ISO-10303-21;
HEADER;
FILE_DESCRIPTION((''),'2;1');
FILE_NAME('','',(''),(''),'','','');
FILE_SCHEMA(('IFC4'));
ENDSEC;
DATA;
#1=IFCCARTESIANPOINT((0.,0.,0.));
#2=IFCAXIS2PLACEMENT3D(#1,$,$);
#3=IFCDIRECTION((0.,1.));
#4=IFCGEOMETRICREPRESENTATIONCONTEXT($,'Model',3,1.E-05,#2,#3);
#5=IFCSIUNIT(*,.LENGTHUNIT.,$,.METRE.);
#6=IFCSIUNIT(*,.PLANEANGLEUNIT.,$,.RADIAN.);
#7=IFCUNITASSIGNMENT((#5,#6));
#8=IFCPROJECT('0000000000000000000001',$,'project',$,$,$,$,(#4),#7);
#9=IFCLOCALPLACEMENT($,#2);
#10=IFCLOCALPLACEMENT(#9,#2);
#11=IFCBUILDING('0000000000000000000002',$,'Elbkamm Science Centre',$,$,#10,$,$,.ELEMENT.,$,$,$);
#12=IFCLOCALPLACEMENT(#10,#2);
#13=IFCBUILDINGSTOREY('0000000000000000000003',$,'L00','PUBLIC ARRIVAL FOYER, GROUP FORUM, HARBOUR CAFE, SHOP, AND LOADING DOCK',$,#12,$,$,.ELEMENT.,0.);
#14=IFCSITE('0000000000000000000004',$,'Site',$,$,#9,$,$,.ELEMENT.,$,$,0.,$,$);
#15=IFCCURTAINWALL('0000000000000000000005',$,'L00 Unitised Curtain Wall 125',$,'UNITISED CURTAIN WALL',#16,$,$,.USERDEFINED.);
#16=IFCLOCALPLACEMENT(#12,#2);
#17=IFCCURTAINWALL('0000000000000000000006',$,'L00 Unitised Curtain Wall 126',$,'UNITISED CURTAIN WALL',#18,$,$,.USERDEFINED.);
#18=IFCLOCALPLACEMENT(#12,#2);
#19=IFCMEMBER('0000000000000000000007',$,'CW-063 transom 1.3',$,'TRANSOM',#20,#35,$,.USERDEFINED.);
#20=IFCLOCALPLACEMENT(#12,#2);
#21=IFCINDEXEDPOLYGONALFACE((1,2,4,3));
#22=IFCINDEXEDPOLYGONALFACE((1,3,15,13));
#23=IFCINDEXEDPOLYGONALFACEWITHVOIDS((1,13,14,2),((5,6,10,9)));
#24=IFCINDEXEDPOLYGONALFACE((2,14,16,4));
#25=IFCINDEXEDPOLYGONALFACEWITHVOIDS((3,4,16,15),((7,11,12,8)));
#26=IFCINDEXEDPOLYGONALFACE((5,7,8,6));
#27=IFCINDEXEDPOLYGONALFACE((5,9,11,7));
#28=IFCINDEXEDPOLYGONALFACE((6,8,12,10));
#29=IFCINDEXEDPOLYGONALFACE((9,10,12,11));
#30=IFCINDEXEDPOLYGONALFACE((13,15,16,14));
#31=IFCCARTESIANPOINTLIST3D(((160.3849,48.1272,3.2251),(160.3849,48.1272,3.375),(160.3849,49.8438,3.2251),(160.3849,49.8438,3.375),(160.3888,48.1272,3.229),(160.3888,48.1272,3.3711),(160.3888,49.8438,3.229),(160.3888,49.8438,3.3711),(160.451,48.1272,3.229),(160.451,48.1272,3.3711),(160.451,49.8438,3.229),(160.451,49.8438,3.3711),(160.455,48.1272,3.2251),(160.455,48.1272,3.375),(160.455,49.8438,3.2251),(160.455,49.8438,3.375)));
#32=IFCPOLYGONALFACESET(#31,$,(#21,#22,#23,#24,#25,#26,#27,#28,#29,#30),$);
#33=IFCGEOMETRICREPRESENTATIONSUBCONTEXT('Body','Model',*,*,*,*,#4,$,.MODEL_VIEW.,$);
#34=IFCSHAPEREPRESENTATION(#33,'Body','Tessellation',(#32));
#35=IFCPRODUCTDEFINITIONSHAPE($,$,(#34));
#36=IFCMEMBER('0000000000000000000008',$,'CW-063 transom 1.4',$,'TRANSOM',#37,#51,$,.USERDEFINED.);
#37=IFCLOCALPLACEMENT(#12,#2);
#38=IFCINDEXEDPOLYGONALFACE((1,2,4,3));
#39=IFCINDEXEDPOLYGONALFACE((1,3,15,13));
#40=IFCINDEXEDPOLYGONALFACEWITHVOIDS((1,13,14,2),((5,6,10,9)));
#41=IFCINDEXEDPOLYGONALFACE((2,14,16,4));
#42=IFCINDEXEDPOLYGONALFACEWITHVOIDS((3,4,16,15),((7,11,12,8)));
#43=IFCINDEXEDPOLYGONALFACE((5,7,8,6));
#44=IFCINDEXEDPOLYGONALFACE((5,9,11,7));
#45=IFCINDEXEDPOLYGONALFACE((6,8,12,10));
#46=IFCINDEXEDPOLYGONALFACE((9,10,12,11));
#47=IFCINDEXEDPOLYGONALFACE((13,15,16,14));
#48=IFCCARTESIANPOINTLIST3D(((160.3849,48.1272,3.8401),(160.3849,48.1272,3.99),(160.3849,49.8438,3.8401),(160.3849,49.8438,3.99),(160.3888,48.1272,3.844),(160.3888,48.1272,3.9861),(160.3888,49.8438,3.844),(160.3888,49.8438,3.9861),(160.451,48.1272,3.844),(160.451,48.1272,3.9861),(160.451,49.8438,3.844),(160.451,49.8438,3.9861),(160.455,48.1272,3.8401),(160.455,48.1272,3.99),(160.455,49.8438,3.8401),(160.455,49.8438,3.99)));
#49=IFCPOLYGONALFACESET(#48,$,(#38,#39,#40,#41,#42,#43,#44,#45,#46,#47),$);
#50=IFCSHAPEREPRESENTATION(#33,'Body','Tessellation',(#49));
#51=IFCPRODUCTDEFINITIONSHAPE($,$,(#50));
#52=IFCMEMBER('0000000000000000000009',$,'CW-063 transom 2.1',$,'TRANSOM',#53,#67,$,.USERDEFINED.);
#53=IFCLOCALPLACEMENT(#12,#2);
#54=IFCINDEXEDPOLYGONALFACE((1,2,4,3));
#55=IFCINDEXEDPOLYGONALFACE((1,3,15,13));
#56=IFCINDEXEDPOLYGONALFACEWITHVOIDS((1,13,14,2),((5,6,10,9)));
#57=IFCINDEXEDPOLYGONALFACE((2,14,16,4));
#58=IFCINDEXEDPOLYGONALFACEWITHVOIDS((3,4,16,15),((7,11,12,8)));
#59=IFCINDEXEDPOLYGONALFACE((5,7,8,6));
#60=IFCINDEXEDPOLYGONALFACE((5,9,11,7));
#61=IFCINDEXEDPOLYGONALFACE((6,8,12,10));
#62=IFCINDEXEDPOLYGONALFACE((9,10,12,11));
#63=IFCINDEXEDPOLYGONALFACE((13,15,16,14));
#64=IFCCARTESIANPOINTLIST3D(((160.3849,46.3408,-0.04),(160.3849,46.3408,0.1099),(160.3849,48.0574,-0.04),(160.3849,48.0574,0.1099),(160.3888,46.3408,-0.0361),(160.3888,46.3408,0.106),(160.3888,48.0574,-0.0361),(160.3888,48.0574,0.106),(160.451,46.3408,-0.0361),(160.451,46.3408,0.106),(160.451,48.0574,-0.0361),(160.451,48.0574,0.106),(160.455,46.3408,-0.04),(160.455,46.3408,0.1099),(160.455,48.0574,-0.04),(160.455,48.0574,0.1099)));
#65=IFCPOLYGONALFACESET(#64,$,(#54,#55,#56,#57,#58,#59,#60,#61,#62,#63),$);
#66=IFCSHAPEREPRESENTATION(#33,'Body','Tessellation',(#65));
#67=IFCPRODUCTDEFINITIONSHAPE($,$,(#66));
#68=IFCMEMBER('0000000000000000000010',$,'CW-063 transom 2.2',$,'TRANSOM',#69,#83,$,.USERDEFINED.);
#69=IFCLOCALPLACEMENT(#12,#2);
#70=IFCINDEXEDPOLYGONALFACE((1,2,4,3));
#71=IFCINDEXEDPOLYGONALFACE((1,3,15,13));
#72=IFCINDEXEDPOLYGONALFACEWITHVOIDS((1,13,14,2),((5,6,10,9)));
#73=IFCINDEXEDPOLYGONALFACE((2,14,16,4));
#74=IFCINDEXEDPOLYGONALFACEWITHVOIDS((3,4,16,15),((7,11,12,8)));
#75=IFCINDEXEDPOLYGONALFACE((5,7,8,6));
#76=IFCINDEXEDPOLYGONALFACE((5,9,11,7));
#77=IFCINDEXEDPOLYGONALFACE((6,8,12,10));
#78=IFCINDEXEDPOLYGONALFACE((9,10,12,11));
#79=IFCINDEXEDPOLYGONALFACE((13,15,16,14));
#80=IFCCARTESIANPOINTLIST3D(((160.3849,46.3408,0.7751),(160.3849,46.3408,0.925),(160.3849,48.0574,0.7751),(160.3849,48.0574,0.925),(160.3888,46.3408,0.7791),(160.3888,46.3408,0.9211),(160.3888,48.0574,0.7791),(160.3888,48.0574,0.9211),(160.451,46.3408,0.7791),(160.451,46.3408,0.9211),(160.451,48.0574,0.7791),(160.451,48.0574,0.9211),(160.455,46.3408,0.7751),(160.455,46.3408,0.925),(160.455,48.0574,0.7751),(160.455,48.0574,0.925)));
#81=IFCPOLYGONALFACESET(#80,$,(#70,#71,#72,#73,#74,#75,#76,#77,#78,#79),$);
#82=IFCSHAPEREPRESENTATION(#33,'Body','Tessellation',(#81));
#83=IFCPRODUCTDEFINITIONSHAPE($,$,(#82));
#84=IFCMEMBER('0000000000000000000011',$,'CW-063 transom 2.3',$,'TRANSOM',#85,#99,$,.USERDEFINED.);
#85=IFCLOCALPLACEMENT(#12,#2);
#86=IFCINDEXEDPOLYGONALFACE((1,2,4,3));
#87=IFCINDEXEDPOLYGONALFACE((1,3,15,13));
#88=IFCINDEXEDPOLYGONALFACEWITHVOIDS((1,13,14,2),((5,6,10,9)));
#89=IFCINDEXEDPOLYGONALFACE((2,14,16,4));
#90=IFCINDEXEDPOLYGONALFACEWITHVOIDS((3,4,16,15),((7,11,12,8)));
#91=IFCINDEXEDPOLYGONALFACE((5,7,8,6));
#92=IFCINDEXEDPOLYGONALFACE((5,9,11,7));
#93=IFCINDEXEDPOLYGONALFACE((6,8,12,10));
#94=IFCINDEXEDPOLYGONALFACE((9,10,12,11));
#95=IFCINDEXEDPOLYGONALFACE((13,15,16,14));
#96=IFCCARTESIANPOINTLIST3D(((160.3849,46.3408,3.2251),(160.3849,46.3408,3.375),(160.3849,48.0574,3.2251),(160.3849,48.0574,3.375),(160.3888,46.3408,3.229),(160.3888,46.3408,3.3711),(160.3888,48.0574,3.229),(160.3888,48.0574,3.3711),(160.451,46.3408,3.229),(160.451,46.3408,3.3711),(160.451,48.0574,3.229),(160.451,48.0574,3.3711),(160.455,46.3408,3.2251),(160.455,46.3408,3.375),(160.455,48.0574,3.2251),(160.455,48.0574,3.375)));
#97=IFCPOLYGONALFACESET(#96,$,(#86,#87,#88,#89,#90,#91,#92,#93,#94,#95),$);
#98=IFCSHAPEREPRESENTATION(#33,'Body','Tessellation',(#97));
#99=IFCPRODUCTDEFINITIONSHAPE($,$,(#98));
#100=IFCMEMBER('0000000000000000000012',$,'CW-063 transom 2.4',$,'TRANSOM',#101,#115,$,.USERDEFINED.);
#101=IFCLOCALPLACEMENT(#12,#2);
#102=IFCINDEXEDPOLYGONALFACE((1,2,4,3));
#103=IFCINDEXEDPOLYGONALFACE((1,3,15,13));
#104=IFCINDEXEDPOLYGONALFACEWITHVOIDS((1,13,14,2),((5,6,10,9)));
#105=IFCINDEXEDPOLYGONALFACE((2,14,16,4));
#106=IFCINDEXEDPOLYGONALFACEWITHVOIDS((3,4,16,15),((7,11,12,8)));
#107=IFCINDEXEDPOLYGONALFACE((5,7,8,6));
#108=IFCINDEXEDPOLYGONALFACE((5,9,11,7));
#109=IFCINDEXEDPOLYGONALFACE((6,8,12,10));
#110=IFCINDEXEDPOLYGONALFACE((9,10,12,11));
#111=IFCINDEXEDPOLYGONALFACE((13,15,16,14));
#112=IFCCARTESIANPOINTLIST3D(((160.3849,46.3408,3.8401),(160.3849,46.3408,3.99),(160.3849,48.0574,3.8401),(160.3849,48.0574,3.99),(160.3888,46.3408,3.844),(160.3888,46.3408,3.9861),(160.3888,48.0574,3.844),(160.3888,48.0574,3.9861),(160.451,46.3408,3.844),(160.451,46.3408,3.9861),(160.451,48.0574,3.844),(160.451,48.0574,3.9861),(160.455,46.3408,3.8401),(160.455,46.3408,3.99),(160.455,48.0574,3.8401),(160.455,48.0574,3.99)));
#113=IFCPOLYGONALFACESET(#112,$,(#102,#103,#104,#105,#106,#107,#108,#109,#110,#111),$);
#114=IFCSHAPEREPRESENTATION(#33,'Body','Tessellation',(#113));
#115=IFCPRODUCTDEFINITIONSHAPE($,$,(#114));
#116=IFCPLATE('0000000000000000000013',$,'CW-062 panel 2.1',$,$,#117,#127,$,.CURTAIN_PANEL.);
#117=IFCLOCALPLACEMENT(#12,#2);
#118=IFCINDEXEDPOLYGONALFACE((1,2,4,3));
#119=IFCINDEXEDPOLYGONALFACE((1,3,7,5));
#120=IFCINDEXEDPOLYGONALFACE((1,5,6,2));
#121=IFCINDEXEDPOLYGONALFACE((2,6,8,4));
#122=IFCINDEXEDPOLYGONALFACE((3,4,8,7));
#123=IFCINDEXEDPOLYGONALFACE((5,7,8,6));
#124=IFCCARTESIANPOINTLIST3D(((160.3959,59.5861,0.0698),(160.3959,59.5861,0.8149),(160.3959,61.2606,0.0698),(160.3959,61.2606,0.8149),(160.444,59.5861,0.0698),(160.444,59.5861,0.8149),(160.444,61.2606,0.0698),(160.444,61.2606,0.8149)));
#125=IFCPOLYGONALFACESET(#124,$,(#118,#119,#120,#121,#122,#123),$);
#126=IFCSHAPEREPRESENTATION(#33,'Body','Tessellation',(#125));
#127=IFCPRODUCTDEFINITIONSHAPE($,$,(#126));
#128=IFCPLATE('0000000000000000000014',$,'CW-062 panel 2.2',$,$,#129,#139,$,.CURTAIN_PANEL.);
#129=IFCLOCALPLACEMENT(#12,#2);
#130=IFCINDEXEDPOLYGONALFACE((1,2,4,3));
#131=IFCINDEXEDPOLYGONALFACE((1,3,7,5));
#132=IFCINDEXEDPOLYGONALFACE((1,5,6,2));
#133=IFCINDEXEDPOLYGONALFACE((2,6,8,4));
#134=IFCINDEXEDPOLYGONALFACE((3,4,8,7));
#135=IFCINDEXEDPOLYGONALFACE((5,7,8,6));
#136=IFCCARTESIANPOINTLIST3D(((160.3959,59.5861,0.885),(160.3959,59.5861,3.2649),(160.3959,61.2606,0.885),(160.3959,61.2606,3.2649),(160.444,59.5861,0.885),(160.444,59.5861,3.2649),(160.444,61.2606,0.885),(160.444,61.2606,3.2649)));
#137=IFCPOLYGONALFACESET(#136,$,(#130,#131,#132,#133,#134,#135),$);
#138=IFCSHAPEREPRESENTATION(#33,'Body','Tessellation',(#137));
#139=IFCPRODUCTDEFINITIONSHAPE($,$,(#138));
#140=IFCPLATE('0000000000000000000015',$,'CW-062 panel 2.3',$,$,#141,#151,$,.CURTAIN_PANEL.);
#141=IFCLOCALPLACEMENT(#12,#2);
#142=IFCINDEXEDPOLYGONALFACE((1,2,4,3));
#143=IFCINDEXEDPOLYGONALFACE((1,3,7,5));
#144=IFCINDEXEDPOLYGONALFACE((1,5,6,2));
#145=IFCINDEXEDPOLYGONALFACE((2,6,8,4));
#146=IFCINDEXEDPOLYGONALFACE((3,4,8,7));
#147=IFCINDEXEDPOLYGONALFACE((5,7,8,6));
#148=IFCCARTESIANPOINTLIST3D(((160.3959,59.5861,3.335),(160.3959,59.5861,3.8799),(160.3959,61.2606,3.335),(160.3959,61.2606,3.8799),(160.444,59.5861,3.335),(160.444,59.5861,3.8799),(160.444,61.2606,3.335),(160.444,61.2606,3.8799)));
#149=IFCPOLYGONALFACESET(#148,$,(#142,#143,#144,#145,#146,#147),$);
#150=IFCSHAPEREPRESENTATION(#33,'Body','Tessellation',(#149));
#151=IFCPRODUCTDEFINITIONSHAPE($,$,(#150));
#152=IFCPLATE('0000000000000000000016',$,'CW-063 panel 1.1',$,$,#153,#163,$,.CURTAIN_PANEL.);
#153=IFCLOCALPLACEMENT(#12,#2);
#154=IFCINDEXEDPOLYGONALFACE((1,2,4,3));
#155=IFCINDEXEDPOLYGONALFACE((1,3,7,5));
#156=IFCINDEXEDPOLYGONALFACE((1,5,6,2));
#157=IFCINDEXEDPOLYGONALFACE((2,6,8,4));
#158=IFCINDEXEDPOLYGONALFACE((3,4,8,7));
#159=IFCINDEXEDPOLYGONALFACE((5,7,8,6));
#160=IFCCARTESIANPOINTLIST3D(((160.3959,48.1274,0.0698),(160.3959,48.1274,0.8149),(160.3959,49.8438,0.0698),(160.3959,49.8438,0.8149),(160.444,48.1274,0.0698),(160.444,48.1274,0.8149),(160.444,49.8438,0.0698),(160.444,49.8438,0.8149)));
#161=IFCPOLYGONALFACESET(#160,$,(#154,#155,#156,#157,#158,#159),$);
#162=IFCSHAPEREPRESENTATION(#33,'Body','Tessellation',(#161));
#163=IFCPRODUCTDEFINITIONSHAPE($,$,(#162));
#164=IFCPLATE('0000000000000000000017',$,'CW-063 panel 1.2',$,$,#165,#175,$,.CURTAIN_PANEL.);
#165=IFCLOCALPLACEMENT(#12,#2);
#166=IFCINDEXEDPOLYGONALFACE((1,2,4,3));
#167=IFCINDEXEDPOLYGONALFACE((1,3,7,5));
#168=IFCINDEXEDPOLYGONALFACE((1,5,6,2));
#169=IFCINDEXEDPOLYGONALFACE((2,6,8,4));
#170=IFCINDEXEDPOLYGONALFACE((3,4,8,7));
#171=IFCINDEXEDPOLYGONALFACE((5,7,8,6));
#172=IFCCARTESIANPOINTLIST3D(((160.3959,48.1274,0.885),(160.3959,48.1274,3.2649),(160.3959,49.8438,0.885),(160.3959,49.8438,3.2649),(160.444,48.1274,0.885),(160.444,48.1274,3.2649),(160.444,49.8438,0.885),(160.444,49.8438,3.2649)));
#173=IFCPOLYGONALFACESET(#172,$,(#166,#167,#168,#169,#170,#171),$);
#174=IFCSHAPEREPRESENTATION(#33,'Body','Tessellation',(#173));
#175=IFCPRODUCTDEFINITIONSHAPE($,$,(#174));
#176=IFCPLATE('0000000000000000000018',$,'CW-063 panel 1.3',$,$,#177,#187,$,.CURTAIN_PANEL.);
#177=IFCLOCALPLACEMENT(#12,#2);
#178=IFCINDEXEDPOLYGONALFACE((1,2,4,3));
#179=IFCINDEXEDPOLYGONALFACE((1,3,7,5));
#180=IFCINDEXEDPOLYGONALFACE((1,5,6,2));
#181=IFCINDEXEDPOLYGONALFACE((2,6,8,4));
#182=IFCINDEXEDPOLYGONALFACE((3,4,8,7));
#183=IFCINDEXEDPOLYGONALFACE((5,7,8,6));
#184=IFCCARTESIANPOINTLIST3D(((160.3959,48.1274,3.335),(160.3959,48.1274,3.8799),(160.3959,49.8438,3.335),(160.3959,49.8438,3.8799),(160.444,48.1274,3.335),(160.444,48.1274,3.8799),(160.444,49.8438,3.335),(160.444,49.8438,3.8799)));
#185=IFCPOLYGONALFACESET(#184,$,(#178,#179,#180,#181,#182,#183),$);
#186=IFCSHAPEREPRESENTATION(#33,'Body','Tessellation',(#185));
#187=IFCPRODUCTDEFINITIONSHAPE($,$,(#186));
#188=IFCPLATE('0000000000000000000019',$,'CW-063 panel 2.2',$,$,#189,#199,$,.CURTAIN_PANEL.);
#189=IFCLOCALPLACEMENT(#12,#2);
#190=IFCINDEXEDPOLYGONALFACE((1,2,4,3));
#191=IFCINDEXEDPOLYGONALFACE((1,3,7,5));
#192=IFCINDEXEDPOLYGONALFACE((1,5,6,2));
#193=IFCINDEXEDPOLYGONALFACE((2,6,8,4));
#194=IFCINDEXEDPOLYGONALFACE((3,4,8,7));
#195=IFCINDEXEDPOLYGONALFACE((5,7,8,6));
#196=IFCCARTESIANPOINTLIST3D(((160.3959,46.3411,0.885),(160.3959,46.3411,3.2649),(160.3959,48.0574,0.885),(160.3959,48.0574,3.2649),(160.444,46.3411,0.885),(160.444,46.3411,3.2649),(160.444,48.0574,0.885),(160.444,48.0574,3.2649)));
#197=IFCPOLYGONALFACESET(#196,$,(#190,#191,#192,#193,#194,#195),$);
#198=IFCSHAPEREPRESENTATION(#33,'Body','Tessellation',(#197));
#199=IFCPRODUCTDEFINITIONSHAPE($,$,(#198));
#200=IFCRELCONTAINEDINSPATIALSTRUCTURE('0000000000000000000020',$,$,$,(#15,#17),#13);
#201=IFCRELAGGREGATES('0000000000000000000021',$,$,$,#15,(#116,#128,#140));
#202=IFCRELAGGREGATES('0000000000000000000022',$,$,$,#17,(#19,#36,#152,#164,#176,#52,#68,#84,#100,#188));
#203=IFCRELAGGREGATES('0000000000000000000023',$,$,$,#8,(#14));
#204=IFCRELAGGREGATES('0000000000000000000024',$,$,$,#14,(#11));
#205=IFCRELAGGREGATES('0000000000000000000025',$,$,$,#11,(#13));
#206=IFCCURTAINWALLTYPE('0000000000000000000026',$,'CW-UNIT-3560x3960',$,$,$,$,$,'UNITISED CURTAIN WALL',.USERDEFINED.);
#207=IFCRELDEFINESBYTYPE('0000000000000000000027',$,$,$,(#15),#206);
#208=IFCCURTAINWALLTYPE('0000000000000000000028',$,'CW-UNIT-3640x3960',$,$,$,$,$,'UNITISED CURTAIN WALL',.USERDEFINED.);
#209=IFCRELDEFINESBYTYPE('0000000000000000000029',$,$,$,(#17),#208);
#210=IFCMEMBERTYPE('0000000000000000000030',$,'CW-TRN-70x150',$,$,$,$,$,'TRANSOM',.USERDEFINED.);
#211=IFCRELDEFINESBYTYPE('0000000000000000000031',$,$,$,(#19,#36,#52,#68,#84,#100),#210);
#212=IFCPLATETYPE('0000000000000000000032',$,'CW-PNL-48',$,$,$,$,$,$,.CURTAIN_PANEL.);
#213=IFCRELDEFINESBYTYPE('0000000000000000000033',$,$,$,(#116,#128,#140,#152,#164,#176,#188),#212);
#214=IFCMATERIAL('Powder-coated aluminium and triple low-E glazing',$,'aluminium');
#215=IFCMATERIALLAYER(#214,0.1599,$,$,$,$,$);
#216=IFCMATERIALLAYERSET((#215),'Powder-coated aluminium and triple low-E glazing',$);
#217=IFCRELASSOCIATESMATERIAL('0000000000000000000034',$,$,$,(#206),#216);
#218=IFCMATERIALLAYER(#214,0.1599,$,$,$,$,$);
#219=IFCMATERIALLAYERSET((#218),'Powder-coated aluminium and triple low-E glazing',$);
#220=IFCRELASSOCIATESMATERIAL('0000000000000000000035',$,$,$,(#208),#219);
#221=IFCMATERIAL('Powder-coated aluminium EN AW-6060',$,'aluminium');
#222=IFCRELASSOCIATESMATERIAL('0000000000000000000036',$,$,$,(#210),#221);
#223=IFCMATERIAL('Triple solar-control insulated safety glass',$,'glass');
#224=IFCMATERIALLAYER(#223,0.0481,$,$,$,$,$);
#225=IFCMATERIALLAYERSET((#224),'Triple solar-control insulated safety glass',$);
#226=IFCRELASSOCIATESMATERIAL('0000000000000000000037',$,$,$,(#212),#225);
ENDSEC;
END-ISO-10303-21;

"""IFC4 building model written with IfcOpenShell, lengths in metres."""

from ifc_helpers import new_model, si_unit, direction, frame, origin, origin_2d, place, context, subcontext, project, spatial, rectangle, hollow_rectangle, extrude, material, layer, layer_set, material_profile, profile_set, type_object, element, aggregate, save


model = new_model("IFC4")

# Units and contexts
model_context = context("Model", 3, precision=1e-05, world=origin(), true_north=direction((0.0, 1.0)))
body_context = subcontext(model_context, "Body", "Model", "MODEL_VIEW")
ifc_project = project(units=[si_unit("LENGTHUNIT", "METRE"), si_unit("PLANEANGLEUNIT", "RADIAN")], contexts=[model_context])

# Site, building, storey
site_placement = place(None, origin())
site = spatial("IfcSite", under=ifc_project, at=site_placement, Name="Site", CompositionType="ELEMENT", RefElevation=0.0)
building_placement = place(site_placement, origin())
building = spatial("IfcBuilding", under=site, at=building_placement, Name="Elbkamm Science Centre", CompositionType="ELEMENT")
storey_placement = place(building_placement, origin())
storey = spatial("IfcBuildingStorey", under=building, at=storey_placement, Name="L00", Description="PUBLIC ARRIVAL FOYER, GROUP FORUM, HARBOUR CAFE, SHOP, AND LOADING DOCK", CompositionType="ELEMENT", Elevation=0.0)

# Curtain wall
ifc_material_1 = material(Name="Powder-coated aluminium and triple low-E glazing", Category="aluminium")
ifc_layer_1 = layer(ifc_material_1, 0.1599)
ifc_layer_set_1 = layer_set([ifc_layer_1], Name="Powder-coated aluminium and triple low-E glazing")
curtain_wall_type_1 = type_object("IfcCurtainWallType", Name="CW-UNIT-3560x3960", ElementType="UNITISED CURTAIN WALL", PredefinedType="USERDEFINED", material=ifc_layer_set_1)
curtain_wall_1_placement = place(storey_placement, origin())
curtain_wall_1 = element("IfcCurtainWall", 1, at=curtain_wall_1_placement, inside=storey, type_object=curtain_wall_type_1, Name="L00 Unitised Curtain Wall 125", ObjectType="UNITISED CURTAIN WALL", PredefinedType="USERDEFINED")
ifc_material_2 = material(Name="Powder-coated aluminium EN AW-6060", Category="aluminium")

# Curtain wall
ifc_layer_2 = layer(ifc_material_1, 0.1599)
ifc_layer_set_2 = layer_set([ifc_layer_2], Name="Powder-coated aluminium and triple low-E glazing")
curtain_wall_type_2 = type_object("IfcCurtainWallType", Name="CW-UNIT-3640x3960", ElementType="UNITISED CURTAIN WALL", PredefinedType="USERDEFINED", material=ifc_layer_set_2)
curtain_wall_2_placement = place(storey_placement, origin())
curtain_wall_2 = element("IfcCurtainWall", 2, at=curtain_wall_2_placement, inside=storey, type_object=curtain_wall_type_2, Name="L00 Unitised Curtain Wall 126", ObjectType="UNITISED CURTAIN WALL", PredefinedType="USERDEFINED")

# Members
ifc_material_profile_1 = material_profile(ifc_material_2, hollow_rectangle(XDim=0.0701, YDim=0.1499, WallThickness=0.0039, at=origin_2d()), Name="ALU T70x150")
ifc_profile_set_1 = profile_set([ifc_material_profile_1], Name="Powder-coated aluminium EN AW-6060")
member_type_1 = type_object("IfcMemberType", Name="CW-TRN-70x150", ElementType="TRANSOM", PredefinedType="USERDEFINED", material=ifc_profile_set_1)
member_1_placement = place(storey_placement, frame((160.4199, 49.8438, 3.3), z_axis=(0.0, -1.0, 0.0), x_axis=(1.0, 0.0, 0.0)))
member_1 = element("IfcMember", 3, at=member_1_placement, type_object=member_type_1, Name="CW-063 transom 1.3", ObjectType="TRANSOM", PredefinedType="USERDEFINED", context=body_context, shape_type="SweptSolid", body=[
    extrude(hollow_rectangle(XDim=0.0701, YDim=0.1499, WallThickness=0.0039, at=origin_2d()), origin(), (0.0, 0.0, 1.0), 1.7166),
])
member_2_placement = place(storey_placement, frame((160.4199, 49.8438, 3.915), z_axis=(0.0, -1.0, 0.0), x_axis=(1.0, 0.0, 0.0)))
member_2 = element("IfcMember", 4, at=member_2_placement, type_object=member_type_1, Name="CW-063 transom 1.4", ObjectType="TRANSOM", PredefinedType="USERDEFINED", context=body_context, shape_type="SweptSolid", body=[
    extrude(hollow_rectangle(XDim=0.0701, YDim=0.1499, WallThickness=0.0039, at=origin_2d()), origin(), (0.0, 0.0, 1.0), 1.7166),
])
member_3_placement = place(storey_placement, frame((160.4199, 48.0574, 0.0349), z_axis=(0.0, -1.0, 0.0), x_axis=(1.0, 0.0, 0.0)))
member_3 = element("IfcMember", 5, at=member_3_placement, type_object=member_type_1, Name="CW-063 transom 2.1", ObjectType="TRANSOM", PredefinedType="USERDEFINED", context=body_context, shape_type="SweptSolid", body=[
    extrude(hollow_rectangle(XDim=0.0701, YDim=0.1499, WallThickness=0.0039, at=origin_2d()), origin(), (0.0, 0.0, 1.0), 1.7166),
])
member_4_placement = place(storey_placement, frame((160.4199, 48.0574, 0.8501), z_axis=(0.0, -1.0, 0.0), x_axis=(1.0, 0.0, 0.0)))
member_4 = element("IfcMember", 6, at=member_4_placement, type_object=member_type_1, Name="CW-063 transom 2.2", ObjectType="TRANSOM", PredefinedType="USERDEFINED", context=body_context, shape_type="SweptSolid", body=[
    extrude(hollow_rectangle(XDim=0.0701, YDim=0.1499, WallThickness=0.0039, at=origin_2d()), origin(), (0.0, 0.0, 1.0), 1.7166),
])
member_5_placement = place(storey_placement, frame((160.4199, 48.0574, 3.3), z_axis=(0.0, -1.0, 0.0), x_axis=(1.0, 0.0, 0.0)))
member_5 = element("IfcMember", 7, at=member_5_placement, type_object=member_type_1, Name="CW-063 transom 2.3", ObjectType="TRANSOM", PredefinedType="USERDEFINED", context=body_context, shape_type="SweptSolid", body=[
    extrude(hollow_rectangle(XDim=0.0701, YDim=0.1499, WallThickness=0.0039, at=origin_2d()), origin(), (0.0, 0.0, 1.0), 1.7166),
])
member_6_placement = place(storey_placement, frame((160.4199, 48.0574, 3.915), z_axis=(0.0, -1.0, 0.0), x_axis=(1.0, 0.0, 0.0)))
member_6 = element("IfcMember", 8, at=member_6_placement, type_object=member_type_1, Name="CW-063 transom 2.4", ObjectType="TRANSOM", PredefinedType="USERDEFINED", context=body_context, shape_type="SweptSolid", body=[
    extrude(hollow_rectangle(XDim=0.0701, YDim=0.1499, WallThickness=0.0039, at=origin_2d()), origin(), (0.0, 0.0, 1.0), 1.7166),
])

# Plates
ifc_material_3 = material(Name="Triple solar-control insulated safety glass", Category="glass")
ifc_layer_3 = layer(ifc_material_3, 0.0481)
ifc_layer_set_3 = layer_set([ifc_layer_3], Name="Triple solar-control insulated safety glass")
plate_type = type_object("IfcPlateType", Name="CW-PNL-48", PredefinedType="CURTAIN_PANEL", material=ifc_layer_set_3)
plate_1_placement = place(storey_placement, frame((160.4199, 60.4233, 0.0698), z_axis=(0.0, 0.0, 1.0), x_axis=(0.0, -1.0, 0.0)))
plate_1 = element("IfcPlate", 9, at=plate_1_placement, type_object=plate_type, Name="CW-062 panel 2.1", PredefinedType="CURTAIN_PANEL", context=body_context, shape_type="SweptSolid", body=[
    extrude(rectangle(XDim=1.6746, YDim=0.0481, at=origin_2d()), origin(), (0.0, 0.0, 1.0), 0.7451),
])
plate_2_placement = place(storey_placement, frame((160.4199, 60.4233, 0.885), z_axis=(0.0, 0.0, 1.0), x_axis=(0.0, -1.0, 0.0)))
plate_2 = element("IfcPlate", 10, at=plate_2_placement, type_object=plate_type, Name="CW-062 panel 2.2", PredefinedType="CURTAIN_PANEL", context=body_context, shape_type="SweptSolid", body=[
    extrude(rectangle(XDim=1.6746, YDim=0.0481, at=origin_2d()), origin(), (0.0, 0.0, 1.0), 2.3799),
])
plate_3_placement = place(storey_placement, frame((160.4199, 60.4233, 3.335), z_axis=(0.0, 0.0, 1.0), x_axis=(0.0, -1.0, 0.0)))
plate_3 = element("IfcPlate", 11, at=plate_3_placement, type_object=plate_type, Name="CW-062 panel 2.3", PredefinedType="CURTAIN_PANEL", context=body_context, shape_type="SweptSolid", body=[
    extrude(rectangle(XDim=1.6746, YDim=0.0481, at=origin_2d()), origin(), (0.0, 0.0, 1.0), 0.5449),
])
aggregate(curtain_wall_1, [plate_1, plate_2, plate_3])
plate_4_placement = place(storey_placement, frame((160.4199, 48.9856, 0.0698), z_axis=(0.0, 0.0, 1.0), x_axis=(0.0, -1.0, 0.0)))
plate_4 = element("IfcPlate", 12, at=plate_4_placement, type_object=plate_type, Name="CW-063 panel 1.1", PredefinedType="CURTAIN_PANEL", context=body_context, shape_type="SweptSolid", body=[
    extrude(rectangle(XDim=1.7163, YDim=0.0481, at=origin_2d()), origin(), (0.0, 0.0, 1.0), 0.7451),
])
plate_5_placement = place(storey_placement, frame((160.4199, 48.9856, 0.885), z_axis=(0.0, 0.0, 1.0), x_axis=(0.0, -1.0, 0.0)))
plate_5 = element("IfcPlate", 13, at=plate_5_placement, type_object=plate_type, Name="CW-063 panel 1.2", PredefinedType="CURTAIN_PANEL", context=body_context, shape_type="SweptSolid", body=[
    extrude(rectangle(XDim=1.7163, YDim=0.0481, at=origin_2d()), origin(), (0.0, 0.0, 1.0), 2.3799),
])
plate_6_placement = place(storey_placement, frame((160.4199, 48.9856, 3.335), z_axis=(0.0, 0.0, 1.0), x_axis=(0.0, -1.0, 0.0)))
plate_6 = element("IfcPlate", 14, at=plate_6_placement, type_object=plate_type, Name="CW-063 panel 1.3", PredefinedType="CURTAIN_PANEL", context=body_context, shape_type="SweptSolid", body=[
    extrude(rectangle(XDim=1.7163, YDim=0.0481, at=origin_2d()), origin(), (0.0, 0.0, 1.0), 0.5449),
])
plate_7_placement = place(storey_placement, frame((160.4199, 47.1992, 0.885), z_axis=(0.0, 0.0, 1.0), x_axis=(0.0, -1.0, 0.0)))
plate_7 = element("IfcPlate", 15, at=plate_7_placement, type_object=plate_type, Name="CW-063 panel 2.2", PredefinedType="CURTAIN_PANEL", context=body_context, shape_type="SweptSolid", body=[
    extrude(rectangle(XDim=1.7163, YDim=0.0481, at=origin_2d()), origin(), (0.0, 0.0, 1.0), 2.3799),
])
aggregate(curtain_wall_2, [member_1, member_2, plate_4, plate_5, plate_6, member_3, member_4, member_5, member_6, plate_7])

save(model, "model.ifc")
